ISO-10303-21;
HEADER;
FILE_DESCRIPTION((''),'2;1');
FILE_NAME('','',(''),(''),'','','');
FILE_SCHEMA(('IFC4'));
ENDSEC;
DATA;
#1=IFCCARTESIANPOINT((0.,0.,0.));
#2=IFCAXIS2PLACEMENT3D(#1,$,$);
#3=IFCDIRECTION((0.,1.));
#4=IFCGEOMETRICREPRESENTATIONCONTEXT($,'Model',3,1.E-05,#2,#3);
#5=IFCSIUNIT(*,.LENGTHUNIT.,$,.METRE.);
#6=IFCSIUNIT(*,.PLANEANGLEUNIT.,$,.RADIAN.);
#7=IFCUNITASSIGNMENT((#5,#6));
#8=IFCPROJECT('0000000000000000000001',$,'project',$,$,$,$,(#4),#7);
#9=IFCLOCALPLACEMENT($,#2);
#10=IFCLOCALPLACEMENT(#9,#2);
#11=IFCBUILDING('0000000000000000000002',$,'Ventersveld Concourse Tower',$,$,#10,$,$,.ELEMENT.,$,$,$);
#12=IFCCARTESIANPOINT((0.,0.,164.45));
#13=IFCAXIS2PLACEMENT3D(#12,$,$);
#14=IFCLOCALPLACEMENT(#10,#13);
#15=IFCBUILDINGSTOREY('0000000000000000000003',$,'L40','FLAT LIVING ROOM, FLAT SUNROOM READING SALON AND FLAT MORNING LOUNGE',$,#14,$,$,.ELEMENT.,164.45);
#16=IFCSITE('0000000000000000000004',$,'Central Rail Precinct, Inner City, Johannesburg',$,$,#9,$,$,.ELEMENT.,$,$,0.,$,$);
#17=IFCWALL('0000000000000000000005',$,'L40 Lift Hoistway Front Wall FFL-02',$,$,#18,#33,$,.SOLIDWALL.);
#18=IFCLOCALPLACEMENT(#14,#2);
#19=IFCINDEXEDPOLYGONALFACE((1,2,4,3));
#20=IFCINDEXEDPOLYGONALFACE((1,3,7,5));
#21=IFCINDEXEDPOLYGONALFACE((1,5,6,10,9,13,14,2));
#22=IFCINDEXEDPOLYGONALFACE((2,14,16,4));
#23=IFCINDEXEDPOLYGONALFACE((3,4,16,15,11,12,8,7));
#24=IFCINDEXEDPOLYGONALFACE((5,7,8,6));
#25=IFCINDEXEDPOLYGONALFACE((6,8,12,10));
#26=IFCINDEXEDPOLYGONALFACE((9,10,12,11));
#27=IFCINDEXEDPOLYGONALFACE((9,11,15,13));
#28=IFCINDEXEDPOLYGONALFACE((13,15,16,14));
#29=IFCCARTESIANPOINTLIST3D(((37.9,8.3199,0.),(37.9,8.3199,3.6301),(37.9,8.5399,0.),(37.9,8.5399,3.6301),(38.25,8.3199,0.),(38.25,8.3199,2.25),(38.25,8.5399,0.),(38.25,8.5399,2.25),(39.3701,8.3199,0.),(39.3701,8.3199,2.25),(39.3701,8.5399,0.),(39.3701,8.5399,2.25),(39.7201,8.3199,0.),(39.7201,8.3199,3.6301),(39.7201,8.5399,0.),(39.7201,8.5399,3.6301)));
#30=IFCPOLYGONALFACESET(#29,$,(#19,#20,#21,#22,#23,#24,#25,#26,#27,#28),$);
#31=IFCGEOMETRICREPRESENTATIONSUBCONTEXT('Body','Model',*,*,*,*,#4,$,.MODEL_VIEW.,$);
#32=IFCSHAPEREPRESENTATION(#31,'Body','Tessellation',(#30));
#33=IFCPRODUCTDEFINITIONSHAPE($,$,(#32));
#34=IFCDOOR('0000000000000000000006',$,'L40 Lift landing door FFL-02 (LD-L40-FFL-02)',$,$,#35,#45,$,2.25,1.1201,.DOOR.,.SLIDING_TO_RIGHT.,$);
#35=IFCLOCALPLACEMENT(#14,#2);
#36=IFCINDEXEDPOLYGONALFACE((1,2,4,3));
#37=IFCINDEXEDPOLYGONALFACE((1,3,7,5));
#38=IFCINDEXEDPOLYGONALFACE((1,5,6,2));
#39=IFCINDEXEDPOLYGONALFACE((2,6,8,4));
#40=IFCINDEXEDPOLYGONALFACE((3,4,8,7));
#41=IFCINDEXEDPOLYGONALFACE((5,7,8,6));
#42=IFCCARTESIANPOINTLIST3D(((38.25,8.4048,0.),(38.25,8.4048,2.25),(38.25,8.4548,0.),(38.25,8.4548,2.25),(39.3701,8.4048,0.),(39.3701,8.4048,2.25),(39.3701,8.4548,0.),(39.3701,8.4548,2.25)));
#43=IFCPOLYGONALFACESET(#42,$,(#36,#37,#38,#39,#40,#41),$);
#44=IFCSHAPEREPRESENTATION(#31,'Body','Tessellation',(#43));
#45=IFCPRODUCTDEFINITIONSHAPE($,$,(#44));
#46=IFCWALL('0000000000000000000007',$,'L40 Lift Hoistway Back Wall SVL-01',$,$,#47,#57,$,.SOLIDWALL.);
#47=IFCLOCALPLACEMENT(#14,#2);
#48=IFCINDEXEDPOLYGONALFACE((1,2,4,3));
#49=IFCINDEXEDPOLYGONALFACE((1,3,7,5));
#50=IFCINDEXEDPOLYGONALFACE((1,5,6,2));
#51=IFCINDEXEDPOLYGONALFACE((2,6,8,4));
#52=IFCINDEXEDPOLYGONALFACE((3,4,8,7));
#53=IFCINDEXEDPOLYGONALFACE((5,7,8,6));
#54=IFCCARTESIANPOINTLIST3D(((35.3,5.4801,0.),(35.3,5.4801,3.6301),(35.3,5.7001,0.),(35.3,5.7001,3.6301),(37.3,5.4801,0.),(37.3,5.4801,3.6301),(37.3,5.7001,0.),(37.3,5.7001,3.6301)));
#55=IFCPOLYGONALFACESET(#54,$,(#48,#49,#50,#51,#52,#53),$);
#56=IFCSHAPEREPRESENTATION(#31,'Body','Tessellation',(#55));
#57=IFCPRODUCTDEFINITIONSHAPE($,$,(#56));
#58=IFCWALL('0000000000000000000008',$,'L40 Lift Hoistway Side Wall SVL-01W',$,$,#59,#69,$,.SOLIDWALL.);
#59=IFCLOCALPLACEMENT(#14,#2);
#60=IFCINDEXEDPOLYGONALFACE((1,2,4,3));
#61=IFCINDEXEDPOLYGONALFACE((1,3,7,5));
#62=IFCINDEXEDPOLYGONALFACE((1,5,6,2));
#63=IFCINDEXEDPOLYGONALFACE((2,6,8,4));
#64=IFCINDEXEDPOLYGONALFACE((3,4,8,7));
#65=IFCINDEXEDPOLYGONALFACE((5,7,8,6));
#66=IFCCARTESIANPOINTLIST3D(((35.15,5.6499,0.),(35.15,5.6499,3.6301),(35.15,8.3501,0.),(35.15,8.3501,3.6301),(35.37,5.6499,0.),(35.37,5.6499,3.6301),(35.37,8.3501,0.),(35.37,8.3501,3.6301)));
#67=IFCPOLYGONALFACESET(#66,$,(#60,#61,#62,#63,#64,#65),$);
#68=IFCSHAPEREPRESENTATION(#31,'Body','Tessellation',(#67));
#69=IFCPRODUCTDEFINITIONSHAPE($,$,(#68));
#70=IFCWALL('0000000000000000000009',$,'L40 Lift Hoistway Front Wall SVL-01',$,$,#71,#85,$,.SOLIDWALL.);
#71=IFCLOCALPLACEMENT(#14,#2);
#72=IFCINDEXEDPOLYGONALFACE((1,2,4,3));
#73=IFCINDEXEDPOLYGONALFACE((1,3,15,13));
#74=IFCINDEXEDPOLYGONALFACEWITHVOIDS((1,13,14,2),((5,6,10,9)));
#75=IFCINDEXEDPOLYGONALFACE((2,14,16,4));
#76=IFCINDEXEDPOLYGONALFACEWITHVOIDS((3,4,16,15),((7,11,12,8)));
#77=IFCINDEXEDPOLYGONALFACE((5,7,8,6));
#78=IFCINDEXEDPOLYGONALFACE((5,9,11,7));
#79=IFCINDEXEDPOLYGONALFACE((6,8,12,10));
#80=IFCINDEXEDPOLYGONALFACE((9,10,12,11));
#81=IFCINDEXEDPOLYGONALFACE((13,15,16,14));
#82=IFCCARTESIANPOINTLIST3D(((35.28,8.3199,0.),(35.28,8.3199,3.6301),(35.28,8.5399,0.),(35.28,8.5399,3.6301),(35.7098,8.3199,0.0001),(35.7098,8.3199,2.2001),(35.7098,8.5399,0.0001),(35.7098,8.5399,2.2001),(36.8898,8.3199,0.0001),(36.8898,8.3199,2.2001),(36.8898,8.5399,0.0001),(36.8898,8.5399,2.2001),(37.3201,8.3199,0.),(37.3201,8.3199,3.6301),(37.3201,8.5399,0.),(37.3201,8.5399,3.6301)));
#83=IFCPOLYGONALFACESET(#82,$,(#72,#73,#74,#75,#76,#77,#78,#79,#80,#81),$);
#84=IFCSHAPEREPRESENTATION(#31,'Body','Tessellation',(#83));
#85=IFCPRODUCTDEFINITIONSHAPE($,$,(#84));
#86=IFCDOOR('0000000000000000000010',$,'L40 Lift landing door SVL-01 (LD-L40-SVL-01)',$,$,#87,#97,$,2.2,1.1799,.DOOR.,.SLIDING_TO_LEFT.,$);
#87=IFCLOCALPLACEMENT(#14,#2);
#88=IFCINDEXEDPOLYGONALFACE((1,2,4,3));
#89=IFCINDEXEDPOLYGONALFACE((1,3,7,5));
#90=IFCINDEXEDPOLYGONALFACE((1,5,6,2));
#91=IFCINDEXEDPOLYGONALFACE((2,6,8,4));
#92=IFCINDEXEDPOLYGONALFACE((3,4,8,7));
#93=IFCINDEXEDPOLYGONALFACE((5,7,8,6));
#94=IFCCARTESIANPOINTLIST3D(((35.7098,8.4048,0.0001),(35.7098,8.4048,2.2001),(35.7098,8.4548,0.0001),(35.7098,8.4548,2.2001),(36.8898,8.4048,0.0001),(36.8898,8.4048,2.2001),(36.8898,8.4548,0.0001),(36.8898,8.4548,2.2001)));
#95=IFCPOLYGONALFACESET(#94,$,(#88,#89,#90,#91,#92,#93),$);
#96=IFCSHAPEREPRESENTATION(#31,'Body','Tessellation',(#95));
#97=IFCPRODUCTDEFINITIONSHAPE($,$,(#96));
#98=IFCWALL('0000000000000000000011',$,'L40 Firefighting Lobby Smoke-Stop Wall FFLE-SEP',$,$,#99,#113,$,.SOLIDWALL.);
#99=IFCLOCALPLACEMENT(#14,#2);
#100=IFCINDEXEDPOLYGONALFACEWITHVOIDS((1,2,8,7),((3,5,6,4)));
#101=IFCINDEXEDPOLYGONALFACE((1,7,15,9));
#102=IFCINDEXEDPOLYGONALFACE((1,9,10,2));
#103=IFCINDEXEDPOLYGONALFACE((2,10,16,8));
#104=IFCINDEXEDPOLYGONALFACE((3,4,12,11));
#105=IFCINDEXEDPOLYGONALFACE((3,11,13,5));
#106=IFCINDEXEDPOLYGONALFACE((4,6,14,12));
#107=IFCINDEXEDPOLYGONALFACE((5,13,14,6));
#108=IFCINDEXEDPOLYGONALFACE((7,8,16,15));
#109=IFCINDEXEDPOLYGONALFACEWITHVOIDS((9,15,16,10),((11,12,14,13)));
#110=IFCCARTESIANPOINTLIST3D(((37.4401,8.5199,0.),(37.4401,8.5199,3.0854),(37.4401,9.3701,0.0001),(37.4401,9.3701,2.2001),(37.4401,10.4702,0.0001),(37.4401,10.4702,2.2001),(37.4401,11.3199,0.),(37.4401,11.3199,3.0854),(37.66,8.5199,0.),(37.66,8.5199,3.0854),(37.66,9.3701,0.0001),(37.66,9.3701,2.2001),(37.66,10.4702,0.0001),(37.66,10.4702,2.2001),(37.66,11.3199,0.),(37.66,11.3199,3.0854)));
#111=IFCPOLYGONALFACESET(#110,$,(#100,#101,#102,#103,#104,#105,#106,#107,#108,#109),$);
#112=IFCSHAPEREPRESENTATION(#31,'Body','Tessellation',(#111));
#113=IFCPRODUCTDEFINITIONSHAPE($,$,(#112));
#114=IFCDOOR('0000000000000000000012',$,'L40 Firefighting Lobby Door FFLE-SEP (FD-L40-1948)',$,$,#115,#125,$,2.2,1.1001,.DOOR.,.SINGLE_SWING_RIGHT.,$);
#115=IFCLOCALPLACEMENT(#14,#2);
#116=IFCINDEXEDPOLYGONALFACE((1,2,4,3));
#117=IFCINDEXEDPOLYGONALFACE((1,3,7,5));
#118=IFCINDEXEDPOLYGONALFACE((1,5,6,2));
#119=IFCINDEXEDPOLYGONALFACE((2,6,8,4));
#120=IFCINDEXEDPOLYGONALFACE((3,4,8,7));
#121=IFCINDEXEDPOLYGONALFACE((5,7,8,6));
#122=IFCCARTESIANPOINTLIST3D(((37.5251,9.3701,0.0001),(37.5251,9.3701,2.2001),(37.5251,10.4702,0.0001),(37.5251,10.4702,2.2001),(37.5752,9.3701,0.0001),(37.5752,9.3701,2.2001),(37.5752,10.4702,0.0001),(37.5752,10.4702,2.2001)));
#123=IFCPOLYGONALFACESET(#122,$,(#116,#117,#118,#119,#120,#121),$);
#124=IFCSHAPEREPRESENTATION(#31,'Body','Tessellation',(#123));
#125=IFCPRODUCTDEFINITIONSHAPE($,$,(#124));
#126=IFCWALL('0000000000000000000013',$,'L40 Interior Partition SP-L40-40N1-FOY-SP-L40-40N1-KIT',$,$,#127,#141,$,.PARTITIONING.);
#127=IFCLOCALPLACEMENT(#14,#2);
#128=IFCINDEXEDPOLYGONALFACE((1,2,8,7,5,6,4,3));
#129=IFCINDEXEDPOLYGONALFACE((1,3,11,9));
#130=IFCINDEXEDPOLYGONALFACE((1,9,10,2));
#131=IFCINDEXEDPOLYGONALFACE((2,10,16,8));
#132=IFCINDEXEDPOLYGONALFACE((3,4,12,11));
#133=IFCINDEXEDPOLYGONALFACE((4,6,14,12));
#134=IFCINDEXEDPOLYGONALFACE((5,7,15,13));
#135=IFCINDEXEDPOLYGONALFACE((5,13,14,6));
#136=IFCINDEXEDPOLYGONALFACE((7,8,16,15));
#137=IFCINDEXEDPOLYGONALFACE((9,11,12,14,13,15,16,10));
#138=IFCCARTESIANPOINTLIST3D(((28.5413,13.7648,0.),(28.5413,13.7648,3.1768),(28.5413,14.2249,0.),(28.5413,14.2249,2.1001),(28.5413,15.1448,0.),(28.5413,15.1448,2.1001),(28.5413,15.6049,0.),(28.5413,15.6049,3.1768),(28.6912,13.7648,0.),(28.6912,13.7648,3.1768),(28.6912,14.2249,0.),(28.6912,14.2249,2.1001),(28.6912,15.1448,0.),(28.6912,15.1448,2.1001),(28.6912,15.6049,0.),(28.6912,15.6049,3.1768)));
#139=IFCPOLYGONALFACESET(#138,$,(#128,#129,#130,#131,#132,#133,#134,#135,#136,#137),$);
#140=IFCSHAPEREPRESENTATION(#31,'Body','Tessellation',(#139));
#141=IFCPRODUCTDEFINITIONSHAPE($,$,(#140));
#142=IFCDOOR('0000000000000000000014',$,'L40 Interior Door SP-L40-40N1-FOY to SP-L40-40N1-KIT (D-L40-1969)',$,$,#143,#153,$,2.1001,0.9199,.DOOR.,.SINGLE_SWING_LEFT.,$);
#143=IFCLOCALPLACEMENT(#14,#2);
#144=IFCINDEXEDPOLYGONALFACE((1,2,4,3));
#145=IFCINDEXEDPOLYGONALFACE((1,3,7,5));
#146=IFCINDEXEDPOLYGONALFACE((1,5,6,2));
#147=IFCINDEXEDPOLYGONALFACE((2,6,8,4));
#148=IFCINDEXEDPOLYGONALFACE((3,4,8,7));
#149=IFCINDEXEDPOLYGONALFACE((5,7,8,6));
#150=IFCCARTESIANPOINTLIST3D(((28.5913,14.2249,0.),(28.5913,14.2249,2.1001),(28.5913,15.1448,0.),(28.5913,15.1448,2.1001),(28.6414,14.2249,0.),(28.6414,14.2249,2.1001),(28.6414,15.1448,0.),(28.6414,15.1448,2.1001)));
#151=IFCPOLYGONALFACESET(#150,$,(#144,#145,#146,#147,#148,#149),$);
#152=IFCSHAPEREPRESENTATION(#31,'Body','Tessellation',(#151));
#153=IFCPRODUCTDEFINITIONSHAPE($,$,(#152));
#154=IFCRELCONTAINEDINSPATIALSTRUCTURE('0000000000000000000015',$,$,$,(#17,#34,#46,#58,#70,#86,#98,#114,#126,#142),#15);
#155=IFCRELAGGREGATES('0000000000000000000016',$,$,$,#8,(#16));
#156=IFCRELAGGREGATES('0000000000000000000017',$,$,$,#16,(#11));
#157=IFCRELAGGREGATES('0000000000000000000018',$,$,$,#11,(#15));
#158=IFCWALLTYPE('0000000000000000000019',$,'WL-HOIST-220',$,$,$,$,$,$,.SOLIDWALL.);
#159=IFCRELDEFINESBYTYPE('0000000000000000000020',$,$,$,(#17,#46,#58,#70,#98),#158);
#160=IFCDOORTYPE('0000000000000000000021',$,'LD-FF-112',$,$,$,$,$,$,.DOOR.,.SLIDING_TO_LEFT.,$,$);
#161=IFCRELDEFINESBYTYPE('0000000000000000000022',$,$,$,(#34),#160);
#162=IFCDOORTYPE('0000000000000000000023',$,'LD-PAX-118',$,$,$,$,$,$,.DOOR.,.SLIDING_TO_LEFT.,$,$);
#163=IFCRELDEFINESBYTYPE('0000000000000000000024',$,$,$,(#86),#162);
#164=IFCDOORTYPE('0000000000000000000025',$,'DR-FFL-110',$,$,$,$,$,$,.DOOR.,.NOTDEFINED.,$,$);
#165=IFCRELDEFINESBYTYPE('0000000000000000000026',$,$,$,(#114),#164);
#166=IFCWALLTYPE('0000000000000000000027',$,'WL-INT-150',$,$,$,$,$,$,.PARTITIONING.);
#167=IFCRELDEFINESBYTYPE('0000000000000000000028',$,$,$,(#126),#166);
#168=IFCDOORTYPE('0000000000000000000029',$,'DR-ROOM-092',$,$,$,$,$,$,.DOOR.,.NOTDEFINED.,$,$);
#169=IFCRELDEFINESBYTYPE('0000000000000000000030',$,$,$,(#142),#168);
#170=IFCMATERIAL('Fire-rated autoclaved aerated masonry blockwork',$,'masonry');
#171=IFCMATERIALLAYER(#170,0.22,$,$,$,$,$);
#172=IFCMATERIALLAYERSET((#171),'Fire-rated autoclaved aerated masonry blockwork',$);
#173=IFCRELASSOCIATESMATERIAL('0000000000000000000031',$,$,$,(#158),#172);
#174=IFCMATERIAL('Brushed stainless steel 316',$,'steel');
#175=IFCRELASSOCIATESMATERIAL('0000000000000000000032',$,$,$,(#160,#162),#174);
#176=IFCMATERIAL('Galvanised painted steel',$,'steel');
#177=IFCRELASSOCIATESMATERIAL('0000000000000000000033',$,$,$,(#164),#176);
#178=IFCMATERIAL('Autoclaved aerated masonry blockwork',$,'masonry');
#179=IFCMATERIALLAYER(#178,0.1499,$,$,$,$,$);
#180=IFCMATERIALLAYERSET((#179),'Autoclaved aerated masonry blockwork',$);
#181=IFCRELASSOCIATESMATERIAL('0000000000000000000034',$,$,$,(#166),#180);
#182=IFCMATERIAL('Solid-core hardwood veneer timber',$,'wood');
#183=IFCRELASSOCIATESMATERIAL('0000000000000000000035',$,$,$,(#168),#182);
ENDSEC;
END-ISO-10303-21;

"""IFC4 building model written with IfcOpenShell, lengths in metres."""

from ifc_helpers import new_model, si_unit, direction, frame, frame_2d, origin, place, context, subcontext, project, spatial, rectangle, extrude, material, layer, layer_set, type_object, element, fill, save


model = new_model("IFC4")

# Units and contexts
model_context = context("Model", 3, precision=1e-05, world=origin(), true_north=direction((0.0, 1.0)))
body_context = subcontext(model_context, "Body", "Model", "MODEL_VIEW")
ifc_project = project(units=[si_unit("LENGTHUNIT", "METRE"), si_unit("PLANEANGLEUNIT", "RADIAN")], contexts=[model_context])

# Site, building, storey
site_placement = place(None, origin())
site = spatial("IfcSite", under=ifc_project, at=site_placement, Name="Central Rail Precinct, Inner City, Johannesburg", CompositionType="ELEMENT", RefElevation=0.0)
building_placement = place(site_placement, origin())
building = spatial("IfcBuilding", under=site, at=building_placement, Name="Ventersveld Concourse Tower", CompositionType="ELEMENT")
storey_placement = place(building_placement, frame((0.0, 0.0, 164.45)))
storey = spatial("IfcBuildingStorey", under=building, at=storey_placement, Name="L40", Description="FLAT LIVING ROOM, FLAT SUNROOM READING SALON AND FLAT MORNING LOUNGE", CompositionType="ELEMENT", Elevation=164.45)

# Shared definitions
ifc_material_1 = material(Name="Fire-rated autoclaved aerated masonry blockwork", Category="masonry")
ifc_material_2 = material(Name="Solid-core hardwood veneer timber", Category="wood")

# Shared definitions
ifc_layer_1 = layer(ifc_material_1, 0.22)
ifc_layer_set_1 = layer_set([ifc_layer_1], Name="Fire-rated autoclaved aerated masonry blockwork")
wall_type_1 = type_object("IfcWallType", Name="WL-HOIST-220", PredefinedType="SOLIDWALL", material=ifc_layer_set_1)

# Wall, opening, door
wall_1_placement = place(storey_placement, frame((37.8999, 8.4299, 0.0), z_axis=(0.0, 0.0, 1.0), x_axis=(1.0, 0.0, 0.0)))
wall_1 = element("IfcWall", 1, at=wall_1_placement, inside=storey, type_object=wall_type_1, Name="L40 Lift Hoistway Front Wall FFL-02", PredefinedType="SOLIDWALL", context=body_context, shape_type="SweptSolid", body=[
    extrude(rectangle(XDim=1.8201, YDim=0.22, at=frame_2d((0.9102, 0.0))), origin(), (0.0, 0.0, 1.0), 3.6301),
])
opening_1_placement = place(wall_1_placement, frame((0.3501, 0.0, 0.0)))
opening_1 = element("IfcOpeningElement", 2, at=opening_1_placement, cuts=wall_1, PredefinedType="OPENING", context=body_context, shape_type="SweptSolid", body=[
    extrude(rectangle(XDim=1.1201, YDim=2.25, at=frame_2d((0.5601, 1.125))), frame((0.0, 0.1201, 0.0), z_axis=(0.0, -1.0, 0.0), x_axis=(1.0, 0.0, 0.0)), (0.0, 0.0, 1.0), 0.24),
])
ifc_material_3 = material(Name="Brushed stainless steel 316", Category="steel")
door_type_1 = type_object("IfcDoorType", Name="LD-FF-112", OperationType="SLIDING_TO_LEFT", PredefinedType="DOOR", material=ifc_material_3)
door_1_placement = place(opening_1_placement, origin())
door_1 = element("IfcDoor", 3, at=door_1_placement, inside=storey, type_object=door_type_1, Name="L40 Lift landing door FFL-02 (LD-L40-FFL-02)", OperationType="SLIDING_TO_RIGHT", OverallHeight=2.25, OverallWidth=1.1201, PredefinedType="DOOR", context=body_context, shape_type="SweptSolid", body=[
    extrude(rectangle(XDim=1.1201, YDim=2.25, at=frame_2d((0.5601, 1.125))), frame((0.0, 0.0249, 0.0), z_axis=(0.0, -1.0, 0.0), x_axis=(1.0, 0.0, 0.0)), (0.0, 0.0, 1.0), 0.05),
])
fill(opening_1, door_1)

# Walls
wall_2_placement = place(storey_placement, frame((35.3, 5.5901, 0.0), z_axis=(0.0, 0.0, 1.0), x_axis=(1.0, 0.0, 0.0)))
element("IfcWall", 4, at=wall_2_placement, inside=storey, type_object=wall_type_1, Name="L40 Lift Hoistway Back Wall SVL-01", PredefinedType="SOLIDWALL", context=body_context, shape_type="SweptSolid", body=[
    extrude(rectangle(XDim=2.0, YDim=0.22, at=frame_2d((1.0, 0.0))), origin(), (0.0, 0.0, 1.0), 3.6301),
])
wall_3_placement = place(storey_placement, frame((35.26, 5.6499, 0.0), z_axis=(0.0, 0.0, 1.0), x_axis=(0.0, 1.0, 0.0)))
element("IfcWall", 5, at=wall_3_placement, inside=storey, type_object=wall_type_1, Name="L40 Lift Hoistway Side Wall SVL-01W", PredefinedType="SOLIDWALL", context=body_context, shape_type="SweptSolid", body=[
    extrude(rectangle(XDim=2.7002, YDim=0.22, at=frame_2d((1.3501, 0.0))), origin(), (0.0, 0.0, 1.0), 3.6301),
])

# Walls, openings, doors
wall_4_placement = place(storey_placement, frame((35.28, 8.4299, 0.0), z_axis=(0.0, 0.0, 1.0), x_axis=(1.0, 0.0, 0.0)))
wall_4 = element("IfcWall", 6, at=wall_4_placement, inside=storey, type_object=wall_type_1, Name="L40 Lift Hoistway Front Wall SVL-01", PredefinedType="SOLIDWALL", context=body_context, shape_type="SweptSolid", body=[
    extrude(rectangle(XDim=2.04, YDim=0.22, at=frame_2d((1.02, 0.0))), origin(), (0.0, 0.0, 1.0), 3.6301),
])
opening_2_placement = place(wall_4_placement, frame((0.4299, 0.0, 0.0)))
opening_2 = element("IfcOpeningElement", 7, at=opening_2_placement, cuts=wall_4, PredefinedType="OPENING", context=body_context, shape_type="SweptSolid", body=[
    extrude(rectangle(XDim=1.1799, YDim=2.2, at=frame_2d((0.5898, 1.1001))), frame((0.0, 0.1201, 0.0), z_axis=(0.0, -1.0, 0.0), x_axis=(1.0, 0.0, 0.0)), (0.0, 0.0, 1.0), 0.24),
])
door_type_2 = type_object("IfcDoorType", Name="LD-PAX-118", OperationType="SLIDING_TO_LEFT", PredefinedType="DOOR", material=ifc_material_3)
door_2_placement = place(opening_2_placement, origin())
door_2 = element("IfcDoor", 8, at=door_2_placement, inside=storey, type_object=door_type_2, Name="L40 Lift landing door SVL-01 (LD-L40-SVL-01)", OperationType="SLIDING_TO_LEFT", OverallHeight=2.2, OverallWidth=1.1799, PredefinedType="DOOR", context=body_context, shape_type="SweptSolid", body=[
    extrude(rectangle(XDim=1.1799, YDim=2.2, at=frame_2d((0.5898, 1.1001))), frame((0.0, 0.0249, 0.0), z_axis=(0.0, -1.0, 0.0), x_axis=(1.0, 0.0, 0.0)), (0.0, 0.0, 1.0), 0.05),
])
fill(opening_2, door_2)
wall_5_placement = place(storey_placement, frame((37.55, 8.52, 0.0), z_axis=(0.0, 0.0, 1.0), x_axis=(0.0, 1.0, 0.0)))
wall_5 = element("IfcWall", 9, at=wall_5_placement, inside=storey, type_object=wall_type_1, Name="L40 Firefighting Lobby Smoke-Stop Wall FFLE-SEP", PredefinedType="SOLIDWALL", context=body_context, shape_type="SweptSolid", body=[
    extrude(rectangle(XDim=2.8, YDim=0.22, at=frame_2d((1.3999, 0.0))), origin(), (0.0, 0.0, 1.0), 3.0854),
])
opening_3_placement = place(wall_5_placement, frame((0.8501, 0.0, 0.0)))
opening_3 = element("IfcOpeningElement", 10, at=opening_3_placement, cuts=wall_5, PredefinedType="OPENING", context=body_context, shape_type="SweptSolid", body=[
    extrude(rectangle(XDim=1.1001, YDim=2.2, at=frame_2d((0.55, 1.1001))), frame((0.0, 0.1201, 0.0), z_axis=(0.0, -1.0, 0.0), x_axis=(1.0, 0.0, 0.0)), (0.0, 0.0, 1.0), 0.24),
])
ifc_material_4 = material(Name="Galvanised painted steel", Category="steel")
door_type_3 = type_object("IfcDoorType", Name="DR-FFL-110", OperationType="NOTDEFINED", PredefinedType="DOOR", material=ifc_material_4)
door_3_placement = place(opening_3_placement, origin())
door_3 = element("IfcDoor", 11, at=door_3_placement, inside=storey, type_object=door_type_3, Name="L40 Firefighting Lobby Door FFLE-SEP (FD-L40-1948)", OperationType="SINGLE_SWING_RIGHT", OverallHeight=2.2, OverallWidth=1.1001, PredefinedType="DOOR", context=body_context, shape_type="SweptSolid", body=[
    extrude(rectangle(XDim=1.1001, YDim=2.2, at=frame_2d((0.55, 1.1001))), frame((0.0, 0.0249, 0.0), z_axis=(0.0, -1.0, 0.0), x_axis=(1.0, 0.0, 0.0)), (0.0, 0.0, 1.0), 0.05),
])
fill(opening_3, door_3)
ifc_material_5 = material(Name="Autoclaved aerated masonry blockwork", Category="masonry")
ifc_layer_2 = layer(ifc_material_5, 0.1499)
ifc_layer_set_2 = layer_set([ifc_layer_2], Name="Autoclaved aerated masonry blockwork")
wall_type_2 = type_object("IfcWallType", Name="WL-INT-150", PredefinedType="PARTITIONING", material=ifc_layer_set_2)
wall_6_placement = place(storey_placement, frame((28.6162, 13.7649, 0.0), z_axis=(0.0, 0.0, 1.0), x_axis=(0.0, 1.0, 0.0)))
wall_6 = element("IfcWall", 12, at=wall_6_placement, inside=storey, type_object=wall_type_2, Name="L40 Interior Partition SP-L40-40N1-FOY-SP-L40-40N1-KIT", PredefinedType="PARTITIONING", context=body_context, shape_type="SweptSolid", body=[
    extrude(rectangle(XDim=1.8401, YDim=0.1499, at=frame_2d((0.9199, 0.0))), origin(), (0.0, 0.0, 1.0), 3.1768),
])
opening_4_placement = place(wall_6_placement, frame((0.46, 0.0, 0.0)))
opening_4 = element("IfcOpeningElement", 13, at=opening_4_placement, cuts=wall_6, PredefinedType="OPENING", context=body_context, shape_type="SweptSolid", body=[
    extrude(rectangle(XDim=0.9199, YDim=2.1001, at=frame_2d((0.46, 1.05))), frame((0.0, 0.085, 0.0), z_axis=(0.0, -1.0, 0.0), x_axis=(1.0, 0.0, 0.0)), (0.0, 0.0, 1.0), 0.1699),
])
door_type_4 = type_object("IfcDoorType", Name="DR-ROOM-092", OperationType="NOTDEFINED", PredefinedType="DOOR", material=ifc_material_2)
door_4_placement = place(opening_4_placement, origin())
door_4 = element("IfcDoor", 14, at=door_4_placement, inside=storey, type_object=door_type_4, Name="L40 Interior Door SP-L40-40N1-FOY to SP-L40-40N1-KIT (D-L40-1969)", OperationType="SINGLE_SWING_LEFT", OverallHeight=2.1001, OverallWidth=0.9199, PredefinedType="DOOR", context=body_context, shape_type="SweptSolid", body=[
    extrude(rectangle(XDim=0.9199, YDim=2.1001, at=frame_2d((0.46, 1.05))), frame((0.0, 0.0249, 0.0), z_axis=(0.0, -1.0, 0.0), x_axis=(1.0, 0.0, 0.0)), (0.0, 0.0, 1.0), 0.05),
])
fill(opening_4, door_4)

save(model, "model.ifc")
